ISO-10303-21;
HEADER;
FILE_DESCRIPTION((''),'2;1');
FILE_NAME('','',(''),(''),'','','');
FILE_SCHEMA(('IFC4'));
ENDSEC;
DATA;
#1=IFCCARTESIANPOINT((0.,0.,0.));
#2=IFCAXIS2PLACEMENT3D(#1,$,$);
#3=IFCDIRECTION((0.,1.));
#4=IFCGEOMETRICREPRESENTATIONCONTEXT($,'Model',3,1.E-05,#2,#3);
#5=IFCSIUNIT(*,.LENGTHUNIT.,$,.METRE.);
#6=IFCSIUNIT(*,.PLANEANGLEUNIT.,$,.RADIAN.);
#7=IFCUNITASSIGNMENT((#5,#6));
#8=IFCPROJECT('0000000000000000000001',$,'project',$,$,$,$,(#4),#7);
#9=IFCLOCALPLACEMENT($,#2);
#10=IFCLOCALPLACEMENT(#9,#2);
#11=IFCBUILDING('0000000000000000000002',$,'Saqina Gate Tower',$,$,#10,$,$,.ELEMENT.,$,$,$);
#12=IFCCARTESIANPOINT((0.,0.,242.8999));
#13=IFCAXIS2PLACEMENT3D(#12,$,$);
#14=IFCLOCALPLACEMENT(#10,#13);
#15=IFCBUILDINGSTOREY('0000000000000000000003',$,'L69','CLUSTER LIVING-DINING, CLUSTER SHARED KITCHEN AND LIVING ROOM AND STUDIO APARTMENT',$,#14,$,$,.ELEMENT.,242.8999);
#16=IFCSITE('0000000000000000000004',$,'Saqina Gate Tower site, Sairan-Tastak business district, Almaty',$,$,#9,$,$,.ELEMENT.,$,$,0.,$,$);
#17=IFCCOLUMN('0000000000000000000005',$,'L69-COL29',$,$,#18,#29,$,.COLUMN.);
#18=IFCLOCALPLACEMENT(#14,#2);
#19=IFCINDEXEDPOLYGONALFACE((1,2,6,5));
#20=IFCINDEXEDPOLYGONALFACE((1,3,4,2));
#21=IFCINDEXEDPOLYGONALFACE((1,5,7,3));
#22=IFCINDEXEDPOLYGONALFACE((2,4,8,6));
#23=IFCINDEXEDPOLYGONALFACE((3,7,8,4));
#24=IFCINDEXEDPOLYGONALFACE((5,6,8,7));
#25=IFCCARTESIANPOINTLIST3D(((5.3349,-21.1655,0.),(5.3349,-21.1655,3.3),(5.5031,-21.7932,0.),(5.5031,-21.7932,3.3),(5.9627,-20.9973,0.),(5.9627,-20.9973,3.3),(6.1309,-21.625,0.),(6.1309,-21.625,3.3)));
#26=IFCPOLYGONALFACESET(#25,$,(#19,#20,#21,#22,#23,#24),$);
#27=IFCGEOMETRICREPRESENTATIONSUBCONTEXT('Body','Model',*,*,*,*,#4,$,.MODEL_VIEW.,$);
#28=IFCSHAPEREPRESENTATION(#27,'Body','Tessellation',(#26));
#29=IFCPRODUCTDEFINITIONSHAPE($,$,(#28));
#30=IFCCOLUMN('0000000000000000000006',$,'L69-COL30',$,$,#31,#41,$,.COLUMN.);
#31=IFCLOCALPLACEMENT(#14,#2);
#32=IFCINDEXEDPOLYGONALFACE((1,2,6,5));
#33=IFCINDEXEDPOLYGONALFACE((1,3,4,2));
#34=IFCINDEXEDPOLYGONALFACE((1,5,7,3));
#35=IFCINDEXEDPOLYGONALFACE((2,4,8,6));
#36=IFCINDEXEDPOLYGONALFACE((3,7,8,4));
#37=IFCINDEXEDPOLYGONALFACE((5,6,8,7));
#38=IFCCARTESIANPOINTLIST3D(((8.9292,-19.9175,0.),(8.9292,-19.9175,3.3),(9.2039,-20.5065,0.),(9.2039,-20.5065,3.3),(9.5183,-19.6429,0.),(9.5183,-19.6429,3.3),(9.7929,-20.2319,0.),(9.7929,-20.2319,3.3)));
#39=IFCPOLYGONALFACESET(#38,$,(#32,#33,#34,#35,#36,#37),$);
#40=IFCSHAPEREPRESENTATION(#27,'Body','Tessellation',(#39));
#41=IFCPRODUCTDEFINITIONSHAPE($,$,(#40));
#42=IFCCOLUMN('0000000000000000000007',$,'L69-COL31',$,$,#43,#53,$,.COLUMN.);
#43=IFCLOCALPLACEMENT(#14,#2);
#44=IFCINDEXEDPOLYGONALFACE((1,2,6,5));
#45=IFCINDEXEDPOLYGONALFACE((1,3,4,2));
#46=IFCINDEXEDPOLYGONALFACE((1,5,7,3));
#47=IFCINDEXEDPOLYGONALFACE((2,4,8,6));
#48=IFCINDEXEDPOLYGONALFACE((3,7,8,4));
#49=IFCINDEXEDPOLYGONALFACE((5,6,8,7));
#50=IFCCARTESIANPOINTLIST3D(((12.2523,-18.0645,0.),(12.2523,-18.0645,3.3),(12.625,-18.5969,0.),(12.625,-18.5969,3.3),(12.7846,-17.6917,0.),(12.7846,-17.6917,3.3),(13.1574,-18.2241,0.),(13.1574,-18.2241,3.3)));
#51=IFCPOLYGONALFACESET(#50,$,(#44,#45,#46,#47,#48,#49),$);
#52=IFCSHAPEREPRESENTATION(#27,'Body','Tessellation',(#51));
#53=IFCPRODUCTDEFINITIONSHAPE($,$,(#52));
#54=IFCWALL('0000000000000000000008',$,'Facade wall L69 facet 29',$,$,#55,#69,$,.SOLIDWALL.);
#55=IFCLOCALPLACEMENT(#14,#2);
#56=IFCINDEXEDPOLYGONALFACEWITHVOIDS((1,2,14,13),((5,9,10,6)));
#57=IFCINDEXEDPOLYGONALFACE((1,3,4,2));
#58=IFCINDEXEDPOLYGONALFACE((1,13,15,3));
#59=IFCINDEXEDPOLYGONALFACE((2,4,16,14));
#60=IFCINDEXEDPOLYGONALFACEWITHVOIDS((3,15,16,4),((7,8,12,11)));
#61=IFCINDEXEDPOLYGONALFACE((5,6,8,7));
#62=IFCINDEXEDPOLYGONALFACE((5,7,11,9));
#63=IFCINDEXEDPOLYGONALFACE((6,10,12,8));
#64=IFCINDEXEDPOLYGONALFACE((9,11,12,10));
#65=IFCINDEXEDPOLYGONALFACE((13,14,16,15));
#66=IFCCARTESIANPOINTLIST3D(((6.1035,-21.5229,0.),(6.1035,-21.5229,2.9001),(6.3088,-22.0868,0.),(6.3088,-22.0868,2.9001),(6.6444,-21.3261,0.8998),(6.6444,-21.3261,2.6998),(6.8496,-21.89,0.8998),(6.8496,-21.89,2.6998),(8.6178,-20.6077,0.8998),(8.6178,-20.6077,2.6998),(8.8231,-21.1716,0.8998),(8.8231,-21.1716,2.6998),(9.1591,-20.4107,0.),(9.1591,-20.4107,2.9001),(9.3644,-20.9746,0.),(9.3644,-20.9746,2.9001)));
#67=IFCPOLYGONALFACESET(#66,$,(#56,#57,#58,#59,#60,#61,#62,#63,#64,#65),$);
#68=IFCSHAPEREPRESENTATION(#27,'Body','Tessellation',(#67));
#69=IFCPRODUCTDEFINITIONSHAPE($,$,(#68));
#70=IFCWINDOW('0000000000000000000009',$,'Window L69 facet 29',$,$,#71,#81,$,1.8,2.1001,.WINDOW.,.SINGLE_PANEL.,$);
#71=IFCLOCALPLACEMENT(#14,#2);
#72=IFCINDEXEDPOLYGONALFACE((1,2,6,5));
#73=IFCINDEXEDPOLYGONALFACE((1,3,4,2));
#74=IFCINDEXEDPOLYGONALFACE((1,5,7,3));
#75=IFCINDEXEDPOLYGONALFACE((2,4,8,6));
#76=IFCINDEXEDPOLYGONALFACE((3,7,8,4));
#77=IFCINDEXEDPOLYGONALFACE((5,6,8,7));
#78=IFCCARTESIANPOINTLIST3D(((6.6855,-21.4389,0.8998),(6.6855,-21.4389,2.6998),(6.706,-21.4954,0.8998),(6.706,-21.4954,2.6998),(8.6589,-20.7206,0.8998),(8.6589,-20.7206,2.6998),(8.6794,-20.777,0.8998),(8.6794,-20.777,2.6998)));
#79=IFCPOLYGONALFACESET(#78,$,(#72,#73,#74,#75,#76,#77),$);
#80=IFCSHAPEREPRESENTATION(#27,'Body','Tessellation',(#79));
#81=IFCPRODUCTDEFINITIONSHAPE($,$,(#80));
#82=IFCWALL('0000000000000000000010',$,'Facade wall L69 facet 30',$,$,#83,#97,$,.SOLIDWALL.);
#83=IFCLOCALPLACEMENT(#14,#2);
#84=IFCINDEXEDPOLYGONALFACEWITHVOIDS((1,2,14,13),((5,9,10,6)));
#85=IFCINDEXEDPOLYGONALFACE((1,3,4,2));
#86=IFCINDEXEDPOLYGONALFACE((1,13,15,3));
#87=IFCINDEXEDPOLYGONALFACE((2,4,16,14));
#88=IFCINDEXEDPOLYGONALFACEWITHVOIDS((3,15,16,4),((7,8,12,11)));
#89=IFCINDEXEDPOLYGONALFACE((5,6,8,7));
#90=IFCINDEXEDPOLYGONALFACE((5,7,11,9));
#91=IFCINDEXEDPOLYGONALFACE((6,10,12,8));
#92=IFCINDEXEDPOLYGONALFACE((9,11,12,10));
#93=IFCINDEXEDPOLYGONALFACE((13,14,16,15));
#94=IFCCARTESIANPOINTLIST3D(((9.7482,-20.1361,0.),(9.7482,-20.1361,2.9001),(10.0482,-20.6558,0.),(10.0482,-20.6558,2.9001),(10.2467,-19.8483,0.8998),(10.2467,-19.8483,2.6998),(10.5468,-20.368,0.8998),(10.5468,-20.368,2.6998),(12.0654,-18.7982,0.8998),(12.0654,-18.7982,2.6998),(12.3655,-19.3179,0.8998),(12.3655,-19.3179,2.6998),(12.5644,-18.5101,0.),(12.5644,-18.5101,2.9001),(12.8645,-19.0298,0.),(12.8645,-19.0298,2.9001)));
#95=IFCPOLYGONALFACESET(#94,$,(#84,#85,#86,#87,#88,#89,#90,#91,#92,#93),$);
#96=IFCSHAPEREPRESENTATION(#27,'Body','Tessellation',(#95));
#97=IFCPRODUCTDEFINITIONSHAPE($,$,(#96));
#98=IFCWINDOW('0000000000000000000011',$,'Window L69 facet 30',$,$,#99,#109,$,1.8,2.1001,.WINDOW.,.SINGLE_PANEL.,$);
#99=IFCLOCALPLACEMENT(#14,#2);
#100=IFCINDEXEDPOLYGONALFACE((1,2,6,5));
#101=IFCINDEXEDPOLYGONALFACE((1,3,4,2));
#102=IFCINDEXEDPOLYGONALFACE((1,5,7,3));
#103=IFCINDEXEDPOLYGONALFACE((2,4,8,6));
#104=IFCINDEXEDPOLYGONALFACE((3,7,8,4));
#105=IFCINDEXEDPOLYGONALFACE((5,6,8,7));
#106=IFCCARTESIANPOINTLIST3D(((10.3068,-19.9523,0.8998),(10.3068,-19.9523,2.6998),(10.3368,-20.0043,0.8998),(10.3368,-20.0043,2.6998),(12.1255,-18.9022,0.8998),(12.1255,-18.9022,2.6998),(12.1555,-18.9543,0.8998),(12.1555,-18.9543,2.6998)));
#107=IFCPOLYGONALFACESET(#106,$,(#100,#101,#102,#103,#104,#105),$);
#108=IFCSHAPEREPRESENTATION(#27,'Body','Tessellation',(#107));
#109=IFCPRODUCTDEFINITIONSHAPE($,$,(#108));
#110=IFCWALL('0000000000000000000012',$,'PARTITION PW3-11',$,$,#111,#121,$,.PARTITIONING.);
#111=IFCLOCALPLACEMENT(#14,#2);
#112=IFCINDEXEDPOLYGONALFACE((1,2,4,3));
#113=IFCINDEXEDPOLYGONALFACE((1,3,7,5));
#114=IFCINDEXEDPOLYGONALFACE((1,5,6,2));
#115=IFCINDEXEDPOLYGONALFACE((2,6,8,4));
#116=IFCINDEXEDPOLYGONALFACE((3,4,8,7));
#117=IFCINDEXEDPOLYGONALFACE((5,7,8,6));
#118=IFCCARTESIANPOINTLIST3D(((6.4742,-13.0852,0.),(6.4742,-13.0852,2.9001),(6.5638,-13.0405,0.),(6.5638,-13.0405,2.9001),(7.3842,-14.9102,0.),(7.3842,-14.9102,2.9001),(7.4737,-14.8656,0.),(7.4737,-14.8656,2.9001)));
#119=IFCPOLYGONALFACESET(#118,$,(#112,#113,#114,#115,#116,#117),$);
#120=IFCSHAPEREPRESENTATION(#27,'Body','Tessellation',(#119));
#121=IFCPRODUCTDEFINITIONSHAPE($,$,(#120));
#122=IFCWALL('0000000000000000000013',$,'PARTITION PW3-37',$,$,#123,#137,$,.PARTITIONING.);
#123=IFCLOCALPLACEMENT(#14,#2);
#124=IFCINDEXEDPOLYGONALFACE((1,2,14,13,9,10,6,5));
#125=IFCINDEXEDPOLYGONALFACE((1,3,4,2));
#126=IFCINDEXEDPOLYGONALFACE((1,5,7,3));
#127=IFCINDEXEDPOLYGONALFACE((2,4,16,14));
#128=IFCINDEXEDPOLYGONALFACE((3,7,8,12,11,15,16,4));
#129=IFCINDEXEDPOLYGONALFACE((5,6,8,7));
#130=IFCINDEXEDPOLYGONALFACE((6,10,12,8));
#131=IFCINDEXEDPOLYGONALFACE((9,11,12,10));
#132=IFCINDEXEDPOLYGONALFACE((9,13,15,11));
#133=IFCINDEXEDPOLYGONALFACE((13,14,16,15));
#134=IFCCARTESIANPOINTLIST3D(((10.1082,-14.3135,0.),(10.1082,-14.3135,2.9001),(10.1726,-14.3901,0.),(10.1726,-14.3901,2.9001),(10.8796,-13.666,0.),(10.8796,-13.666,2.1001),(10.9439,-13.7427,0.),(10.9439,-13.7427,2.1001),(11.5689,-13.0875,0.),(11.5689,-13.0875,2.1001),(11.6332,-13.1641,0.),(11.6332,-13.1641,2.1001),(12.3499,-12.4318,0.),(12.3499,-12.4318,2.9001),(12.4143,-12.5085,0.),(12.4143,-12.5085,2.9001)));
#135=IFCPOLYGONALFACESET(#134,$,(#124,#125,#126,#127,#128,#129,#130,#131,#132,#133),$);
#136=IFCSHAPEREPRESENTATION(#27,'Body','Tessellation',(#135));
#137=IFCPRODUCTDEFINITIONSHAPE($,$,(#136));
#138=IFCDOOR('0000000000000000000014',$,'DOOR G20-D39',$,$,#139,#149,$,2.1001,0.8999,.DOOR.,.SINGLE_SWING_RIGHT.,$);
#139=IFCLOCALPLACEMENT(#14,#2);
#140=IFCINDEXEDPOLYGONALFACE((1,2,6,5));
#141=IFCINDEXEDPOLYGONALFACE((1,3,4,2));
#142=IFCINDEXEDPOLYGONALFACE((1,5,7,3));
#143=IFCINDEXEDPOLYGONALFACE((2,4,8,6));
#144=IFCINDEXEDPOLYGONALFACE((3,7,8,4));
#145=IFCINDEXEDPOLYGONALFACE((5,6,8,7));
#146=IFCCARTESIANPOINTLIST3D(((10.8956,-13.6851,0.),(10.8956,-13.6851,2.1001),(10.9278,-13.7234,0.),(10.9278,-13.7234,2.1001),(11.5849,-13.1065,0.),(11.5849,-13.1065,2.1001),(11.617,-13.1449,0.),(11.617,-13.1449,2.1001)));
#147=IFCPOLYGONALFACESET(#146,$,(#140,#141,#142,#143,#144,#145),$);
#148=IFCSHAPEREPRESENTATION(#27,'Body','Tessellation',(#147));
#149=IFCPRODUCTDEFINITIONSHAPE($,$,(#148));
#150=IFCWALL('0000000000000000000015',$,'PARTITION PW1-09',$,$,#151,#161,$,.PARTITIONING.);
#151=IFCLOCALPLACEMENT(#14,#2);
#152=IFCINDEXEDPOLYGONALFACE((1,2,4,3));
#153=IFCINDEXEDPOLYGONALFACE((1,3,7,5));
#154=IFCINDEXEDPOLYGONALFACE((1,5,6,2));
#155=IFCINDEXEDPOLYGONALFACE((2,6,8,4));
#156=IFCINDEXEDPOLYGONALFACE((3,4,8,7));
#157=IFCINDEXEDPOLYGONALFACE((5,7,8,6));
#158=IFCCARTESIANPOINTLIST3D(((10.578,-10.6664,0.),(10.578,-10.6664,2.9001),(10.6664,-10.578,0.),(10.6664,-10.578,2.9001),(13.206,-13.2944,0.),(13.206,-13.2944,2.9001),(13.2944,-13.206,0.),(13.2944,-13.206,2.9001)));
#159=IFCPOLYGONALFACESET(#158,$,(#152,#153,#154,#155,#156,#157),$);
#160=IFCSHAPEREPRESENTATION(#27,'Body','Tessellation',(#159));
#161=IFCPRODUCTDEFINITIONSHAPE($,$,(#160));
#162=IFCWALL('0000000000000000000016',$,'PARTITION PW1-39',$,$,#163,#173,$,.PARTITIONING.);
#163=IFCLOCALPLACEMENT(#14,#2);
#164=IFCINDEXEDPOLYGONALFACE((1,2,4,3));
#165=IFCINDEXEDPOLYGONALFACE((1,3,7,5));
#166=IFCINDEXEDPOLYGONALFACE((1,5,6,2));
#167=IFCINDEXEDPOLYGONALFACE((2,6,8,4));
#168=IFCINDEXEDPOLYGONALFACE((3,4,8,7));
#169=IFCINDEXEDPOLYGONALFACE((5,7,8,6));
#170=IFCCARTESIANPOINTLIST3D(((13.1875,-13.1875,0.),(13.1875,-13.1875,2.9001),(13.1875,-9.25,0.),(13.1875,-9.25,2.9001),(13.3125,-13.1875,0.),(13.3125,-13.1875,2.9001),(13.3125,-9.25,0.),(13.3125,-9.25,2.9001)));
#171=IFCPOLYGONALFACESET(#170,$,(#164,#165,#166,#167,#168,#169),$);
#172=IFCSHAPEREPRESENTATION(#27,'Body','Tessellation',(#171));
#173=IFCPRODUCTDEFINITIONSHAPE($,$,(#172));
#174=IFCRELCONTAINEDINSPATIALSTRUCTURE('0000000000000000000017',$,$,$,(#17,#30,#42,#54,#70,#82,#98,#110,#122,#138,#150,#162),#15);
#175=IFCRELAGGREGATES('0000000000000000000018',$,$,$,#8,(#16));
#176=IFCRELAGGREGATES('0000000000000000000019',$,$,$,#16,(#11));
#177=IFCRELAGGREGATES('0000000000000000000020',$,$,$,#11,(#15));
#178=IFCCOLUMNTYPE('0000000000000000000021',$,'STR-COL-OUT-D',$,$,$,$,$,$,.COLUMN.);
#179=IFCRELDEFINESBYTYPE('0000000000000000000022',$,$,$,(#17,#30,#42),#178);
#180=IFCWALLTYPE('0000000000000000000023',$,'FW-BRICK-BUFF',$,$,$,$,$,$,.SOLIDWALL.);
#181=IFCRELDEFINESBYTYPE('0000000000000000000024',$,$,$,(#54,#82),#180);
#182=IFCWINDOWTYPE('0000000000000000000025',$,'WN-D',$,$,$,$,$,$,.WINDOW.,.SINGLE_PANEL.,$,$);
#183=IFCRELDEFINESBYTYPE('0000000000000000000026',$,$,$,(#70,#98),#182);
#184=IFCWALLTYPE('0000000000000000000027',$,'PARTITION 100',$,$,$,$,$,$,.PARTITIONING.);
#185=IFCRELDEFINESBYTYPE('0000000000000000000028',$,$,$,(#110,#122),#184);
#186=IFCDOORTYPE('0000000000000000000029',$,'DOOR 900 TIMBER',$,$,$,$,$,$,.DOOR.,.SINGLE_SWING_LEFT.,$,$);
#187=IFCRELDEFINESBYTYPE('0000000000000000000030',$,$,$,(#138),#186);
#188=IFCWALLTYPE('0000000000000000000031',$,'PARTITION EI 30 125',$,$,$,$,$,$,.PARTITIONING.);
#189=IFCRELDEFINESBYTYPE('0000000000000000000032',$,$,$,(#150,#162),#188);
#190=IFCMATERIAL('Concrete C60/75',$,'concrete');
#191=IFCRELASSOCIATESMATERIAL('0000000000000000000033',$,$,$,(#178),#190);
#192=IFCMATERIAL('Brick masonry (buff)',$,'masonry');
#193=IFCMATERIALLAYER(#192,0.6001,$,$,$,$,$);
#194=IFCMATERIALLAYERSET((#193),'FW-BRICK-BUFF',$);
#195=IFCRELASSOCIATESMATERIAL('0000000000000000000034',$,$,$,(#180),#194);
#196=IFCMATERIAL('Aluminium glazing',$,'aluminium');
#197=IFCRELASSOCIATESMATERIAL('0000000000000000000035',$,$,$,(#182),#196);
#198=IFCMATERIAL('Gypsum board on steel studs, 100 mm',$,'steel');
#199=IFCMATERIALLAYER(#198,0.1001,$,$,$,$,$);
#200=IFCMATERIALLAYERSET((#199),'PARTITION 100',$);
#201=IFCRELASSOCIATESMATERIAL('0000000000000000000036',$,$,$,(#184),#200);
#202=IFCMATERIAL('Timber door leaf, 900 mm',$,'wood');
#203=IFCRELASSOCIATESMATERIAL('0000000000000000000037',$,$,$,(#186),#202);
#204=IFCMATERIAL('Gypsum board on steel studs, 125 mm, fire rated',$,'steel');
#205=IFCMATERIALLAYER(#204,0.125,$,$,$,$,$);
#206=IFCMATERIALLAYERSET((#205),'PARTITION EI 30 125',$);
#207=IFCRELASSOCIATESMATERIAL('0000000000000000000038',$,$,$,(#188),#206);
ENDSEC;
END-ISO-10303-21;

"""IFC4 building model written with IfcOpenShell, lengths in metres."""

from ifc_helpers import new_model, si_unit, direction, frame, frame_2d, origin, origin_2d, place, context, subcontext, project, spatial, rectangle, extrude, material, layer, layer_set, material_profile, profile_set, type_object, element, fill, save


model = new_model("IFC4")

# Units and contexts
model_context = context("Model", 3, precision=1e-05, world=origin(), true_north=direction((0.0, 1.0)))
body_context = subcontext(model_context, "Body", "Model", "MODEL_VIEW")
ifc_project = project(units=[si_unit("LENGTHUNIT", "METRE"), si_unit("PLANEANGLEUNIT", "RADIAN")], contexts=[model_context])

# Site, building, storey
site_placement = place(None, origin())
site = spatial("IfcSite", under=ifc_project, at=site_placement, Name="Saqina Gate Tower site, Sairan-Tastak business district, Almaty", CompositionType="ELEMENT", RefElevation=0.0)
building_placement = place(site_placement, origin())
building = spatial("IfcBuilding", under=site, at=building_placement, Name="Saqina Gate Tower", CompositionType="ELEMENT")
storey_placement = place(building_placement, frame((0.0, 0.0, 242.8999)))
storey = spatial("IfcBuildingStorey", under=building, at=storey_placement, Name="L69", Description="CLUSTER LIVING-DINING, CLUSTER SHARED KITCHEN AND LIVING ROOM AND STUDIO APARTMENT", CompositionType="ELEMENT", Elevation=242.8999)

# Columns
ifc_material_1 = material(Name="Concrete C60/75", Category="concrete")
ifc_material_profile = material_profile(ifc_material_1, rectangle(XDim=0.6499, YDim=0.6499, at=origin_2d()), Name="RC 650x650")
ifc_profile_set = profile_set([ifc_material_profile], Name="Concrete C60/75")
column_type = type_object("IfcColumnType", Name="STR-COL-OUT-D", PredefinedType="COLUMN", material=ifc_profile_set)
for number, where, z_axis, x_axis, name in (
    (1, (5.7329, -21.3953, 0.0), (0.0, 0.0, 1.0), (0.258819, -0.965926, 0.0), "L69-COL29"),
    (2, (9.3611, -20.0747, 0.0), (0.0, 0.0, 1.0), (0.422618, -0.906308, 0.0), "L69-COL30"),
    (3, (12.7048, -18.1443, 0.0), (0.0, 0.0, 1.0), (0.573576, -0.819152, 0.0), "L69-COL31"),
):
    element("IfcColumn", number, at=place(storey_placement, frame(where, z_axis=z_axis, x_axis=x_axis)), inside=storey, type_object=column_type, Name=name, PredefinedType="COLUMN", context=body_context, shape_type="SweptSolid", body=[
        extrude(rectangle(XDim=0.6499, YDim=0.6499, at=origin_2d()), origin(), (0.0, 0.0, 1.0), 3.3),
    ])

# Walls, openings, windows
ifc_material_2 = material(Name="Brick masonry (buff)", Category="masonry")
ifc_layer_1 = layer(ifc_material_2, 0.6001)
ifc_layer_set_1 = layer_set([ifc_layer_1], Name="FW-BRICK-BUFF")
wall_type_1 = type_object("IfcWallType", Name="FW-BRICK-BUFF", PredefinedType="SOLIDWALL", material=ifc_layer_set_1)
wall_1_placement = place(storey_placement, frame((6.2061, -21.8049, 0.0), z_axis=(0.0, 0.0, 1.0), x_axis=(0.939679, 0.342057, 0.0)))
wall_1 = element("IfcWall", 4, at=wall_1_placement, inside=storey, type_object=wall_type_1, Name="Facade wall L69 facet 29", PredefinedType="SOLIDWALL", context=body_context, shape_type="SweptSolid", body=[
    extrude(rectangle(XDim=3.2517, YDim=0.6001, at=frame_2d((1.626, 0.0))), origin(), (0.0, 0.0, 1.0), 2.9001),
])
opening_1_placement = place(wall_1_placement, frame((0.5757, 0.0, 0.8999)))
opening_1 = element("IfcOpeningElement", 5, at=opening_1_placement, cuts=wall_1, PredefinedType="OPENING", context=body_context, shape_type="SweptSolid", body=[
    extrude(rectangle(XDim=2.1001, YDim=1.8, at=frame_2d((1.05, 0.8999))), frame((0.0, 0.312, 0.0), z_axis=(0.0, -1.0, 0.0), x_axis=(1.0, 0.0, 0.0)), (0.0, 0.0, 1.0), 0.624),
])
ifc_material_3 = material(Name="Aluminium glazing", Category="aluminium")
window_type = type_object("IfcWindowType", Name="WN-D", PartitioningType="SINGLE_PANEL", PredefinedType="WINDOW", material=ifc_material_3)
window_1_placement = place(opening_1_placement, origin())
window_1 = element("IfcWindow", 6, at=window_1_placement, inside=storey, type_object=window_type, Name="Window L69 facet 29", OverallHeight=1.8, OverallWidth=2.1001, PartitioningType="SINGLE_PANEL", PredefinedType="WINDOW", context=body_context, shape_type="SweptSolid", body=[
    extrude(rectangle(XDim=2.1001, YDim=1.8, at=frame_2d((1.05, 0.8999))), frame((0.0, 0.1799, 0.0), z_axis=(0.0, -1.0, 0.0), x_axis=(1.0, 0.0, 0.0)), (0.0, 0.0, 1.0), 0.0601),
])
fill(opening_1, window_1)
wall_2_placement = place(storey_placement, frame((9.8982, -20.396, 0.0), z_axis=(0.0, 0.0, 1.0), x_axis=(0.866017, 0.500015, 0.0)))
wall_2 = element("IfcWall", 7, at=wall_2_placement, inside=storey, type_object=wall_type_1, Name="Facade wall L69 facet 30", PredefinedType="SOLIDWALL", context=body_context, shape_type="SweptSolid", body=[
    extrude(rectangle(XDim=3.252, YDim=0.6001, at=frame_2d((1.626, 0.0))), origin(), (0.0, 0.0, 1.0), 2.9001),
])
opening_2_placement = place(wall_2_placement, frame((0.5757, 0.0, 0.8999)))
opening_2 = element("IfcOpeningElement", 8, at=opening_2_placement, cuts=wall_2, PredefinedType="OPENING", context=body_context, shape_type="SweptSolid", body=[
    extrude(rectangle(XDim=2.1001, YDim=1.8, at=frame_2d((1.05, 0.8999))), frame((0.0, 0.312, 0.0), z_axis=(0.0, -1.0, 0.0), x_axis=(1.0, 0.0, 0.0)), (0.0, 0.0, 1.0), 0.624),
])
window_2_placement = place(opening_2_placement, origin())
window_2 = element("IfcWindow", 9, at=window_2_placement, inside=storey, type_object=window_type, Name="Window L69 facet 30", OverallHeight=1.8, OverallWidth=2.1001, PartitioningType="SINGLE_PANEL", PredefinedType="WINDOW", context=body_context, shape_type="SweptSolid", body=[
    extrude(rectangle(XDim=2.1001, YDim=1.8, at=frame_2d((1.05, 0.8999))), frame((0.0, 0.1799, 0.0), z_axis=(0.0, -1.0, 0.0), x_axis=(1.0, 0.0, 0.0)), (0.0, 0.0, 1.0), 0.0601),
])
fill(opening_2, window_2)

# Wall
ifc_material_4 = material(Name="Gypsum board on steel studs, 100 mm", Category="steel")
ifc_layer_2 = layer(ifc_material_4, 0.1001)
ifc_layer_set_2 = layer_set([ifc_layer_2], Name="PARTITION 100")
wall_type_2 = type_object("IfcWallType", Name="PARTITION 100", PredefinedType="PARTITIONING", material=ifc_layer_set_2)
wall_3_placement = place(storey_placement, frame((6.519, -13.063, 0.0), z_axis=(0.0, 0.0, 1.0), x_axis=(0.446208, -0.894929, 0.0)))
element("IfcWall", 10, at=wall_3_placement, inside=storey, type_object=wall_type_2, Name="PARTITION PW3-11", PredefinedType="PARTITIONING", context=body_context, shape_type="SweptSolid", body=[
    extrude(rectangle(XDim=2.0393, YDim=0.1001, at=frame_2d((1.0195, 0.0))), origin(), (0.0, 0.0, 1.0), 2.9001),
])

# Wall, opening, door
wall_4_placement = place(storey_placement, frame((10.1404, -14.3518, 0.0), z_axis=(0.0, 0.0, 1.0), x_axis=(0.765946, 0.642904, 0.0)))
wall_4 = element("IfcWall", 11, at=wall_4_placement, inside=storey, type_object=wall_type_2, Name="PARTITION PW3-37", PredefinedType="PARTITIONING", context=body_context, shape_type="SweptSolid", body=[
    extrude(rectangle(XDim=2.9268, YDim=0.1001, at=frame_2d((1.4634, 0.0))), origin(), (0.0, 0.0, 1.0), 2.9001),
])
opening_3_placement = place(wall_4_placement, frame((1.0071, 0.0, 0.0)))
opening_3 = element("IfcOpeningElement", 12, at=opening_3_placement, cuts=wall_4, PredefinedType="OPENING", context=body_context, shape_type="SweptSolid", body=[
    extrude(rectangle(XDim=0.8999, YDim=2.1001, at=frame_2d((0.45, 1.05))), frame((0.0, 0.062, 0.0), z_axis=(0.0, -1.0, 0.0), x_axis=(1.0, 0.0, 0.0)), (0.0, 0.0, 1.0), 0.124),
])
ifc_material_5 = material(Name="Timber door leaf, 900 mm", Category="wood")
door_type = type_object("IfcDoorType", Name="DOOR 900 TIMBER", OperationType="SINGLE_SWING_LEFT", PredefinedType="DOOR", material=ifc_material_5)
door_placement = place(opening_3_placement, frame((0.8999, 0.0, 0.0), z_axis=(0.0, 0.0, 1.0), x_axis=(-1.0, 0.0, 0.0)))
door = element("IfcDoor", 13, at=door_placement, inside=storey, type_object=door_type, Name="DOOR G20-D39", OperationType="SINGLE_SWING_RIGHT", OverallHeight=2.1001, OverallWidth=0.8999, PredefinedType="DOOR", context=body_context, shape_type="SweptSolid", body=[
    extrude(rectangle(XDim=0.8999, YDim=2.1001, at=frame_2d((0.45, 1.05))), frame((0.0, 0.0249, 0.0), z_axis=(0.0, -1.0, 0.0), x_axis=(1.0, 0.0, 0.0)), (0.0, 0.0, 1.0), 0.05),
])
fill(opening_3, door)

# Walls
ifc_material_6 = material(Name="Gypsum board on steel studs, 125 mm, fire rated", Category="steel")
ifc_layer_3 = layer(ifc_material_6, 0.125)
ifc_layer_set_3 = layer_set([ifc_layer_3], Name="PARTITION EI 30 125")
wall_type_3 = type_object("IfcWallType", Name="PARTITION EI 30 125", PredefinedType="PARTITIONING", material=ifc_layer_set_3)
wall_5_placement = place(storey_placement, frame((10.6221, -10.6221, 0.0), z_axis=(0.0, 0.0, 1.0), x_axis=(0.707107, -0.707107, 0.0)))
element("IfcWall", 14, at=wall_5_placement, inside=storey, type_object=wall_type_3, Name="PARTITION PW1-09", PredefinedType="PARTITIONING", context=body_context, shape_type="SweptSolid", body=[
    extrude(rectangle(XDim=3.7166, YDim=0.125, at=frame_2d((1.8584, 0.0))), origin(), (0.0, 0.0, 1.0), 2.9001),
])
wall_6_placement = place(storey_placement, frame((13.25, -13.1875, 0.0), z_axis=(0.0, 0.0, 1.0), x_axis=(0.0, 1.0, 0.0)))
element("IfcWall", 15, at=wall_6_placement, inside=storey, type_object=wall_type_3, Name="PARTITION PW1-39", PredefinedType="PARTITIONING", context=body_context, shape_type="SweptSolid", body=[
    extrude(rectangle(XDim=3.9375, YDim=0.125, at=frame_2d((1.9688, 0.0))), origin(), (0.0, 0.0, 1.0), 2.9001),
])

save(model, "model.ifc")
